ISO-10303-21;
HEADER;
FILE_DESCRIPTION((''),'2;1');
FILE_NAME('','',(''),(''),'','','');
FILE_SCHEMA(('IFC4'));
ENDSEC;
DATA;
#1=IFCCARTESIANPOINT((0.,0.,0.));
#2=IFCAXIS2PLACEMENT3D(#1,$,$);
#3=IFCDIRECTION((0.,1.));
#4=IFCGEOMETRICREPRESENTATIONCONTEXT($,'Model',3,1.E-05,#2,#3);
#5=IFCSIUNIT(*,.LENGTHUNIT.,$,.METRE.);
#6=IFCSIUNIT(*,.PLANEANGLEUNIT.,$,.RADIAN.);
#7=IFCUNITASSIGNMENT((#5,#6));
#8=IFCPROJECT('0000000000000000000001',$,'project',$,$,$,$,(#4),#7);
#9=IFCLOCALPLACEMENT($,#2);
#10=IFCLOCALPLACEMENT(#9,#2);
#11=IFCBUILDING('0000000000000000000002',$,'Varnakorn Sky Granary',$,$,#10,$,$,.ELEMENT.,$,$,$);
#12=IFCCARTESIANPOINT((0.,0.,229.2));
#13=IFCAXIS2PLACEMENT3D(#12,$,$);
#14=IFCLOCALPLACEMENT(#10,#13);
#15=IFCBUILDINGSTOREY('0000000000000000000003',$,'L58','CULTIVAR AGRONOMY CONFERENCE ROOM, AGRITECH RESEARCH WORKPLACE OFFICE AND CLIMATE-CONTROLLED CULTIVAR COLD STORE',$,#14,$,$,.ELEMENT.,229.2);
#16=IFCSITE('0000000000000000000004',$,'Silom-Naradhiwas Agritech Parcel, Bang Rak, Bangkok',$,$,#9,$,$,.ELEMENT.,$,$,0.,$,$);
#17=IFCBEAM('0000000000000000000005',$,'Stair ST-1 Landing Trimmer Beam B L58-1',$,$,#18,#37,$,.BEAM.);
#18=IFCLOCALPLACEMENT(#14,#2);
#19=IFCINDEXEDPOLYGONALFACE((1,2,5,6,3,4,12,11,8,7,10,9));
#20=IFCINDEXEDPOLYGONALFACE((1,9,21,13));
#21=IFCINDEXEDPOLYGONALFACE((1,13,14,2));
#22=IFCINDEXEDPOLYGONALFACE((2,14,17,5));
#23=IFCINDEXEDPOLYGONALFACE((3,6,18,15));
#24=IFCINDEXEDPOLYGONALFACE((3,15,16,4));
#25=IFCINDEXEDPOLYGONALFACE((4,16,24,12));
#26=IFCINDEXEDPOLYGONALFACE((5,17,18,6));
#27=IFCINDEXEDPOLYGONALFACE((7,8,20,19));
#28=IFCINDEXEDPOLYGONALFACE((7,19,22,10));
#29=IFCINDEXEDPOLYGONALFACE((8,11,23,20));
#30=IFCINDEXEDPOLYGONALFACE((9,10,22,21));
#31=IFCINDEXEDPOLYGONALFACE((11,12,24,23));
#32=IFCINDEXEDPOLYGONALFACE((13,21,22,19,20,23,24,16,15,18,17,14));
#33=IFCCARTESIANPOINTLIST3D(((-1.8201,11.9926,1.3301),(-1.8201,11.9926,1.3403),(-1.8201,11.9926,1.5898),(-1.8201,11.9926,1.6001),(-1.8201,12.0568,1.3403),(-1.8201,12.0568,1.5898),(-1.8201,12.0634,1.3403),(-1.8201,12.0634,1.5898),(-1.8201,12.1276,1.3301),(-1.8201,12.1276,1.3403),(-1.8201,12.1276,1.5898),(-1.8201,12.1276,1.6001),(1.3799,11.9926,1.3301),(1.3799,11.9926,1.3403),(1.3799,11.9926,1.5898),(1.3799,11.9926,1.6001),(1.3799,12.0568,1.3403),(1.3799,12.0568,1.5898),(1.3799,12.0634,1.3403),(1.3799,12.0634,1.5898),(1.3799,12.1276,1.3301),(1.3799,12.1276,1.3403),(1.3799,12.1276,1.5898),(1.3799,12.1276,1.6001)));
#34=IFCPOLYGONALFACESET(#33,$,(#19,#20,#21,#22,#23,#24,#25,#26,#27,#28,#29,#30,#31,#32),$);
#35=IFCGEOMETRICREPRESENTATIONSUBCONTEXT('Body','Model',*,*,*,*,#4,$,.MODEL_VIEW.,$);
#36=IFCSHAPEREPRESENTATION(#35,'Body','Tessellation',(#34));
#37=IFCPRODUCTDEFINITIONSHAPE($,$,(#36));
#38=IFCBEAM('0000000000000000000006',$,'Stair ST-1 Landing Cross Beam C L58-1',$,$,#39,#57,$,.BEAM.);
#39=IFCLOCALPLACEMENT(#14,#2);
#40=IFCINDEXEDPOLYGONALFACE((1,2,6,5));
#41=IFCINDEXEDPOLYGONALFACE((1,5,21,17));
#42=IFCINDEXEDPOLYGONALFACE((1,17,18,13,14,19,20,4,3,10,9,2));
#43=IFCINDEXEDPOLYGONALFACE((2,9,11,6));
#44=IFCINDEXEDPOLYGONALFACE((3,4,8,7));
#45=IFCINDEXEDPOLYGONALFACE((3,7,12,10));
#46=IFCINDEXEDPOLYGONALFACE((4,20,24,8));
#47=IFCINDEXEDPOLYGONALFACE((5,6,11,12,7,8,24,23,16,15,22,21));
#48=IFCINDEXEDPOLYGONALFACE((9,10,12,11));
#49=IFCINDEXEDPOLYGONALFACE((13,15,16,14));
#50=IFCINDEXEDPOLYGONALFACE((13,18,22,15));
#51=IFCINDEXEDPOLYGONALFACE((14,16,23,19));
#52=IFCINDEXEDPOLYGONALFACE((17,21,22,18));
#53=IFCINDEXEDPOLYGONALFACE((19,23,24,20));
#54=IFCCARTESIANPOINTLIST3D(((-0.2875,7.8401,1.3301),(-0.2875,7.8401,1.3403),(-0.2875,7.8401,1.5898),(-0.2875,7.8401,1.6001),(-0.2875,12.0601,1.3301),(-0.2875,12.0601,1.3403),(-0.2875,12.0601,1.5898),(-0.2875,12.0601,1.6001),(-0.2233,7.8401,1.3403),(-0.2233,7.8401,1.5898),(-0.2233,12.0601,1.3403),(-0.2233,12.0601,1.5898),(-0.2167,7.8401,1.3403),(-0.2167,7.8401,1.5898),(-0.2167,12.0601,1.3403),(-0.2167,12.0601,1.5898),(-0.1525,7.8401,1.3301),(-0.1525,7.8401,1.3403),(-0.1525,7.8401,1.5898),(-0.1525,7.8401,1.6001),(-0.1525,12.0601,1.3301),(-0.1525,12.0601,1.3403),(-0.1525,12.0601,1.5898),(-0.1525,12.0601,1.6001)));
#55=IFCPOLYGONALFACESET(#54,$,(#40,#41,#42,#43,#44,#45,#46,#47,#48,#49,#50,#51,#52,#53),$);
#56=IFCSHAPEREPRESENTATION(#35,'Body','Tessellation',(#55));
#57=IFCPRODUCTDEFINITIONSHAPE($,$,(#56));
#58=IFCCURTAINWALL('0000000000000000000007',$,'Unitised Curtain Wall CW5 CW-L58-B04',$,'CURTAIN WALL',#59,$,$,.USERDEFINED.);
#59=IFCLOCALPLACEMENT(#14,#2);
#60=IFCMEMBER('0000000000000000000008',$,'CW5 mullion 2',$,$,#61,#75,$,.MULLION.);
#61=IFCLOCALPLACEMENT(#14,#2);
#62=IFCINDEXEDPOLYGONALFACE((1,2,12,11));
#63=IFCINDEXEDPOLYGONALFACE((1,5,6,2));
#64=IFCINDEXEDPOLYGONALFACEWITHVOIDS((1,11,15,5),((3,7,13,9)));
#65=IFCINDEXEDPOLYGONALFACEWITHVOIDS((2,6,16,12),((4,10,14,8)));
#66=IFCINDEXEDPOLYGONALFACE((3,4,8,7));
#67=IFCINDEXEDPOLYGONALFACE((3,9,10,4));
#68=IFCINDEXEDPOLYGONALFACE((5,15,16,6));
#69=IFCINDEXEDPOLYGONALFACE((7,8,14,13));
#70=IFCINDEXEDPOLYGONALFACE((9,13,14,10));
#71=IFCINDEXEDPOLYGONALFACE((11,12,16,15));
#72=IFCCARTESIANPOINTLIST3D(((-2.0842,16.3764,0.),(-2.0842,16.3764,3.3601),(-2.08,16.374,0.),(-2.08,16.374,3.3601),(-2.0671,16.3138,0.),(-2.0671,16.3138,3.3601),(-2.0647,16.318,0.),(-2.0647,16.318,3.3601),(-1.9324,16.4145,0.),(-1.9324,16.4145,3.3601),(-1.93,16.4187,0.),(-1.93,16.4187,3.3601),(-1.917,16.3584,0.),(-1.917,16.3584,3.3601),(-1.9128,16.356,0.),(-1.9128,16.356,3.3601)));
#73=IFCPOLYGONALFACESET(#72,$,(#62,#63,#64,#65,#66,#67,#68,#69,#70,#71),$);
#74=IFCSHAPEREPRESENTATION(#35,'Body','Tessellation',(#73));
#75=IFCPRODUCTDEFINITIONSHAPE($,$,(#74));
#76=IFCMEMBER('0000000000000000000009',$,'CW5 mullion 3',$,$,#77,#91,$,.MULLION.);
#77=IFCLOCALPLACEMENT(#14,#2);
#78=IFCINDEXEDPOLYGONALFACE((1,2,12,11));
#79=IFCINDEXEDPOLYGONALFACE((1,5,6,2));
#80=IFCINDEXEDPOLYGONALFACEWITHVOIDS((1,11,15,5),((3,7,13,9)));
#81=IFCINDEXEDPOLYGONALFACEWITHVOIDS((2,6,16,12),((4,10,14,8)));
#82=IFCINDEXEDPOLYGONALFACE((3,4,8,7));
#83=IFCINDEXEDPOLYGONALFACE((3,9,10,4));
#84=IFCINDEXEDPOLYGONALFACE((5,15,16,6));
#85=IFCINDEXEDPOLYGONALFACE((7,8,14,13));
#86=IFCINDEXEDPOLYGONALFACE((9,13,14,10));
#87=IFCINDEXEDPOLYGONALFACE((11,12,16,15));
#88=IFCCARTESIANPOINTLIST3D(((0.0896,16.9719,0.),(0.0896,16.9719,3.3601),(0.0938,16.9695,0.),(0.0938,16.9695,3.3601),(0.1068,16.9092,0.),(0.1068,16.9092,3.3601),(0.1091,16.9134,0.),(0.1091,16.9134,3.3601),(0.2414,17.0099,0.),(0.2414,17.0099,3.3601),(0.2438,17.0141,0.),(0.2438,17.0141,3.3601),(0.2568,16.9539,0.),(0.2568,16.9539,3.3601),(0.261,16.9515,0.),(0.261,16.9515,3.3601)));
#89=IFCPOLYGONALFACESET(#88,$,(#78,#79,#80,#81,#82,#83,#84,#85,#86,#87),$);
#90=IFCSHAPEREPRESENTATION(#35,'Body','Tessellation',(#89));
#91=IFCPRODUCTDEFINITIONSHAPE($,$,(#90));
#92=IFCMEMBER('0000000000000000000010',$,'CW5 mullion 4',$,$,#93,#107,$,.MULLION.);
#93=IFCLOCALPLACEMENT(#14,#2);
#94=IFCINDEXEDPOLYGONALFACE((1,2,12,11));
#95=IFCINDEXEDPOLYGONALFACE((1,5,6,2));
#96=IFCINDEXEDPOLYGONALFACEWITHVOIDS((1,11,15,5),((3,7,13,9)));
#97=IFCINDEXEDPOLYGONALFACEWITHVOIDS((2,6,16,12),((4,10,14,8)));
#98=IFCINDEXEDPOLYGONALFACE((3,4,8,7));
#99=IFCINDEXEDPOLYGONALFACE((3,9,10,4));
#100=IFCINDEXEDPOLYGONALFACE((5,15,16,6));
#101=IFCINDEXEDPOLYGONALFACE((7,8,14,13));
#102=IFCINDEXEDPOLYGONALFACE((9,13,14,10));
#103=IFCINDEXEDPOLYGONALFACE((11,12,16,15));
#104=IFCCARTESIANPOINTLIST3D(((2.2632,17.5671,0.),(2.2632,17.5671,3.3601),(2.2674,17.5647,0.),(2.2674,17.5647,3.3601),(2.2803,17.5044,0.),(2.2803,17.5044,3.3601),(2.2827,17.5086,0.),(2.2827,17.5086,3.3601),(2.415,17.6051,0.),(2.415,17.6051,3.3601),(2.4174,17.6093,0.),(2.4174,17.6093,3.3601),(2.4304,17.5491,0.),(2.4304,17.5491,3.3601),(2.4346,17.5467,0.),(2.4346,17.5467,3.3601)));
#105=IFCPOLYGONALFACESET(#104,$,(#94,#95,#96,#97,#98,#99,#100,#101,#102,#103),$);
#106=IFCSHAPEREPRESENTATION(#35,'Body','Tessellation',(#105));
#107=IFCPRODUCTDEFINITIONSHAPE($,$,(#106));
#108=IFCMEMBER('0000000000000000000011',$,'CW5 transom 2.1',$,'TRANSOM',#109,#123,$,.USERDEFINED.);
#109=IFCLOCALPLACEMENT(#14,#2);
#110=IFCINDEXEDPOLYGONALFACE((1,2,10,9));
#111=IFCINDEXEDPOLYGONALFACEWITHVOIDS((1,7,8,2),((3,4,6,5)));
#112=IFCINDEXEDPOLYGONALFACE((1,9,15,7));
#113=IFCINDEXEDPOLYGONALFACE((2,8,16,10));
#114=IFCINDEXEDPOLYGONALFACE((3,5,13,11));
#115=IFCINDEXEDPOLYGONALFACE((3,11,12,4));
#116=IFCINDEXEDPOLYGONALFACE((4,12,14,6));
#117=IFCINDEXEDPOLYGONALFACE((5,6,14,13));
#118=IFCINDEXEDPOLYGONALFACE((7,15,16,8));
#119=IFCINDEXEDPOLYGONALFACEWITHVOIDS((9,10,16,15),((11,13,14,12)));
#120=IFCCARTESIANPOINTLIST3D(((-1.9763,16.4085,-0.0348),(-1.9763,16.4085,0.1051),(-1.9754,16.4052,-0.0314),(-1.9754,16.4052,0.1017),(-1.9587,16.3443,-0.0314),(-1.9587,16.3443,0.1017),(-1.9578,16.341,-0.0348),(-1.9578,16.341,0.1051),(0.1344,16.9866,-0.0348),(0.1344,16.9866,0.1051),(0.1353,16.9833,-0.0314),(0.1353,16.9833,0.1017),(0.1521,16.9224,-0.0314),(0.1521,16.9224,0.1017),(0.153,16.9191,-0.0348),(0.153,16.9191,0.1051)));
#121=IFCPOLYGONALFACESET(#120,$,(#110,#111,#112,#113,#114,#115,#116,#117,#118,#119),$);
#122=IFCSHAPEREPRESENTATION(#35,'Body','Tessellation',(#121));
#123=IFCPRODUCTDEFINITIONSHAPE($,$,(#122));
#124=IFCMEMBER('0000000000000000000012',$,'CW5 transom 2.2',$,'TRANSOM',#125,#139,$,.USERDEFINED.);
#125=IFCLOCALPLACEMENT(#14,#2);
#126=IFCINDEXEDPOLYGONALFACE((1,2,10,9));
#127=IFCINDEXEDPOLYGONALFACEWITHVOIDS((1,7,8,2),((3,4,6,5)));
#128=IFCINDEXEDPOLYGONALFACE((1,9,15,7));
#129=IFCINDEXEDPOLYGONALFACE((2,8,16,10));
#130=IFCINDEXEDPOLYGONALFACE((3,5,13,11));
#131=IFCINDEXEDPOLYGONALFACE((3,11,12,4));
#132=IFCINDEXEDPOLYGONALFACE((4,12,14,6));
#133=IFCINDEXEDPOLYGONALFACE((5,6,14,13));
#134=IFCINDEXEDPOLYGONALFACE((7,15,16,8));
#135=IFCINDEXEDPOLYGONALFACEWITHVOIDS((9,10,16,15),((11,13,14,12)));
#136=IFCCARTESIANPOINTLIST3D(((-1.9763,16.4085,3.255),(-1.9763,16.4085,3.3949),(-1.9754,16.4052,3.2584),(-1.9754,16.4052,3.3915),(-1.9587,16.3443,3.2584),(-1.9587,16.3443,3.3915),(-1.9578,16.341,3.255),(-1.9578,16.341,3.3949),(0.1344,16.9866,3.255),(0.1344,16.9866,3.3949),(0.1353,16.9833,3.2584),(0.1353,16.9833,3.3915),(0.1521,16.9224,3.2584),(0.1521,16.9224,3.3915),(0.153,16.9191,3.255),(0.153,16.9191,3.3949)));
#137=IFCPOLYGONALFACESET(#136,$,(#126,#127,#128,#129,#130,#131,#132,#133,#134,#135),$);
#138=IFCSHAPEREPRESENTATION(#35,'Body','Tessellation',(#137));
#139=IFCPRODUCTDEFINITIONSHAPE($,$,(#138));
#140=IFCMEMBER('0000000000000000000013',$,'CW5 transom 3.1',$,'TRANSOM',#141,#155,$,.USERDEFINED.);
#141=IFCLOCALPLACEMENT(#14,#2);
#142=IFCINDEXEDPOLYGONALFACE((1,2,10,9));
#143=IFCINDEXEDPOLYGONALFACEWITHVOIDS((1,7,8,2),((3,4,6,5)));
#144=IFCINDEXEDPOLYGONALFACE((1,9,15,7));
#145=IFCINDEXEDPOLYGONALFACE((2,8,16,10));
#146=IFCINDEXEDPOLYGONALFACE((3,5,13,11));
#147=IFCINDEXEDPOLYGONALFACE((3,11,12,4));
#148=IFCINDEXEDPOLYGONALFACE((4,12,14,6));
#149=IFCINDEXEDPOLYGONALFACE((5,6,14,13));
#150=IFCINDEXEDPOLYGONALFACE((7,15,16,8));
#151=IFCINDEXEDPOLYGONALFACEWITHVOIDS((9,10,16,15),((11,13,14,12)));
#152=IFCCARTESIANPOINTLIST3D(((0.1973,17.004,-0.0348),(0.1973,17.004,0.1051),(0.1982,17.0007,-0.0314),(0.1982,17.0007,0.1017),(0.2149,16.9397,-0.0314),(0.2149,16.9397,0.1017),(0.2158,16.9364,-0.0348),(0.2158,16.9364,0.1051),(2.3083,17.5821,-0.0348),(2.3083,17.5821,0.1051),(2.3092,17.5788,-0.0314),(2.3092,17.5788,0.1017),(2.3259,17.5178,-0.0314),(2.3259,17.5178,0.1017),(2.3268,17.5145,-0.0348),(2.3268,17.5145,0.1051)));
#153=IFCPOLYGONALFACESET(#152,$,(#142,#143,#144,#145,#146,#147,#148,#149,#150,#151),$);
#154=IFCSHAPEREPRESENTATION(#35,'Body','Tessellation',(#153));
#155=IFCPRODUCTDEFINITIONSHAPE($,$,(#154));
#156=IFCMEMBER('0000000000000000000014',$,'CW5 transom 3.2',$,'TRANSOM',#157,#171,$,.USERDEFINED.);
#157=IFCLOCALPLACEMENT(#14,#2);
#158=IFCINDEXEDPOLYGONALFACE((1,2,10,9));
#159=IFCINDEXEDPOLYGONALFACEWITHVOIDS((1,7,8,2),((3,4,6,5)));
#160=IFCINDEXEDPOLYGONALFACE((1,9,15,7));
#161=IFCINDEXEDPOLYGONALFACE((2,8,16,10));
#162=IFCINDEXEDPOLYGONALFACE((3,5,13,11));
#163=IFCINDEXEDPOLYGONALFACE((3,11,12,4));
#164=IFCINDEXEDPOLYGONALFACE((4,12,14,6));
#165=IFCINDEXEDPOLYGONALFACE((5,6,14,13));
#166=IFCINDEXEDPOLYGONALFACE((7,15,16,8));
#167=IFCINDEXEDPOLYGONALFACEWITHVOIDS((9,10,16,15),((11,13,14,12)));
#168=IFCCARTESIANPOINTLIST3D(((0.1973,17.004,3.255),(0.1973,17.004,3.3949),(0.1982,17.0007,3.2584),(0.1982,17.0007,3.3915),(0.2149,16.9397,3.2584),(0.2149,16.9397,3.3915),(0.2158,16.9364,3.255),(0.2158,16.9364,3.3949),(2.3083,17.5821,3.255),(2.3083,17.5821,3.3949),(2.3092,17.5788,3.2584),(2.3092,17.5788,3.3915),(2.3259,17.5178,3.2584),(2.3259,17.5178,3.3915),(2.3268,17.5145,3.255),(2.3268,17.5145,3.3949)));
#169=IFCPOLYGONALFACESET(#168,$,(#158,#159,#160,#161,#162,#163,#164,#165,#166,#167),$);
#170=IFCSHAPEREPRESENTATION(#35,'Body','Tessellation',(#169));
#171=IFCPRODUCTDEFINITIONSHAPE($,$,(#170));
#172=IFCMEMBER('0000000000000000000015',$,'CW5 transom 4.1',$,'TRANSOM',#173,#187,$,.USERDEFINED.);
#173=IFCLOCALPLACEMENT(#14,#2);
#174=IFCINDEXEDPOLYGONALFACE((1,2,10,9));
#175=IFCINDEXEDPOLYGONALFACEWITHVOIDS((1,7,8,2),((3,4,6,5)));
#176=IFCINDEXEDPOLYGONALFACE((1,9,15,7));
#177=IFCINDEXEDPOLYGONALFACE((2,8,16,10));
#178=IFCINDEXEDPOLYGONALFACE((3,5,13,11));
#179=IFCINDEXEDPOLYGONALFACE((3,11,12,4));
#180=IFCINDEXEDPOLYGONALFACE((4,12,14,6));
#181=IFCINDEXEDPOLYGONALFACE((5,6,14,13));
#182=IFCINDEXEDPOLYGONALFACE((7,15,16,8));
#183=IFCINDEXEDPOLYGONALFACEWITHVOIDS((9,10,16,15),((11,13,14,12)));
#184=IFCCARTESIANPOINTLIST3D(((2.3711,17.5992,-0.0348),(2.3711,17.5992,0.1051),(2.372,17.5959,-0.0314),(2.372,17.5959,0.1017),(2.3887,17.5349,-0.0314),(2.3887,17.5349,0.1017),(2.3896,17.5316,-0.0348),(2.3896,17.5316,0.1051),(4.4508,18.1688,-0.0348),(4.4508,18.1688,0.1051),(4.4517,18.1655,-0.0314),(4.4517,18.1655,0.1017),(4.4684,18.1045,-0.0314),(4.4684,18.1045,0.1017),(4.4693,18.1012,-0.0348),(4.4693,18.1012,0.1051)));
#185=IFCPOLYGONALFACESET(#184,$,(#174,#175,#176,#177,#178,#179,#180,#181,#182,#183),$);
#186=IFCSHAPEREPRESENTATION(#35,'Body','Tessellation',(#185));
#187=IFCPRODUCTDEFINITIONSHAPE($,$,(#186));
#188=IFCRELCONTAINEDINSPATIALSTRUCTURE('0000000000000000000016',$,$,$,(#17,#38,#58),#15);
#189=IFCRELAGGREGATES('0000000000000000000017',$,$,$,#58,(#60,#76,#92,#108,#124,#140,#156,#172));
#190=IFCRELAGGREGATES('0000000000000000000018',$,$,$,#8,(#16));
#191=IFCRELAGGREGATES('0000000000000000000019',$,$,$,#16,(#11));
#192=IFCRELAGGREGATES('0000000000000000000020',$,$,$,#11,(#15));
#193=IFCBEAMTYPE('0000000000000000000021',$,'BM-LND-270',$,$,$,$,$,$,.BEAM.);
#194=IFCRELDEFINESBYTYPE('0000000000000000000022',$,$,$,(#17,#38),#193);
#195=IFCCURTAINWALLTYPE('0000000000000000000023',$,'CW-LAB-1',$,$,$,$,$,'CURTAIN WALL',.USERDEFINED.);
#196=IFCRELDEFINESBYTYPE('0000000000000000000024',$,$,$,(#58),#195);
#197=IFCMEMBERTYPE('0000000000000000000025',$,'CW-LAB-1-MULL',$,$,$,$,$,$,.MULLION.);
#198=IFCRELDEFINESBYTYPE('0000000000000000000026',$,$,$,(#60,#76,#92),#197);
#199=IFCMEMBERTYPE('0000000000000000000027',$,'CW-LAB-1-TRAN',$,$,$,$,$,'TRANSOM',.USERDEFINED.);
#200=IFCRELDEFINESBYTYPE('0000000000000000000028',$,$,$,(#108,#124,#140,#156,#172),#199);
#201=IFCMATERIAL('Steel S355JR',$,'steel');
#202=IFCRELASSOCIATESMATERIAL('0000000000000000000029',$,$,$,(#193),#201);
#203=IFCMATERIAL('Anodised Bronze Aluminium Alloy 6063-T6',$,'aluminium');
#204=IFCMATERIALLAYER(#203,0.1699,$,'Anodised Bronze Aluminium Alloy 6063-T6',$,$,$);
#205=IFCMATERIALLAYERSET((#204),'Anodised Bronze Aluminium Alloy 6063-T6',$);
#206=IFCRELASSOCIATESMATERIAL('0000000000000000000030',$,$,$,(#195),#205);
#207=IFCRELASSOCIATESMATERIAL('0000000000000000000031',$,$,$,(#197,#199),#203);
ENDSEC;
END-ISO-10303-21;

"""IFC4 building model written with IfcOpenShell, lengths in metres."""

from ifc_helpers import new_model, si_unit, direction, frame, origin, origin_2d, place, context, subcontext, project, spatial, hollow_rectangle, i_section, extrude, material, layer, layer_set, material_profile, profile_set, type_object, element, aggregate, save


model = new_model("IFC4")

# Units and contexts
model_context = context("Model", 3, precision=1e-05, world=origin(), true_north=direction((0.0, 1.0)))
body_context = subcontext(model_context, "Body", "Model", "MODEL_VIEW")
ifc_project = project(units=[si_unit("LENGTHUNIT", "METRE"), si_unit("PLANEANGLEUNIT", "RADIAN")], contexts=[model_context])

# Site, building, storey
site_placement = place(None, origin())
site = spatial("IfcSite", under=ifc_project, at=site_placement, Name="Silom-Naradhiwas Agritech Parcel, Bang Rak, Bangkok", CompositionType="ELEMENT", RefElevation=0.0)
building_placement = place(site_placement, origin())
building = spatial("IfcBuilding", under=site, at=building_placement, Name="Varnakorn Sky Granary", CompositionType="ELEMENT")
storey_placement = place(building_placement, frame((0.0, 0.0, 229.2)))
storey = spatial("IfcBuildingStorey", under=building, at=storey_placement, Name="L58", Description="CULTIVAR AGRONOMY CONFERENCE ROOM, AGRITECH RESEARCH WORKPLACE OFFICE AND CLIMATE-CONTROLLED CULTIVAR COLD STORE", CompositionType="ELEMENT", Elevation=229.2)

# Beams
ifc_material_1 = material(Name="Steel S355JR", Category="steel")
ifc_material_profile_1 = material_profile(ifc_material_1, i_section(OverallWidth=0.135, OverallDepth=0.27, WebThickness=0.0066, FlangeThickness=0.0103, at=origin_2d()), Name="IPE 270")
ifc_profile_set_1 = profile_set([ifc_material_profile_1], Name="Steel S355JR")
beam_type = type_object("IfcBeamType", Name="BM-LND-270", PredefinedType="BEAM", material=ifc_profile_set_1)
beam_1_placement = place(storey_placement, frame((-1.8201, 12.0601, 1.4651), z_axis=(1.0, 0.0, 0.0), x_axis=(0.0, 1.0, 0.0)))
element("IfcBeam", 1, at=beam_1_placement, inside=storey, type_object=beam_type, Name="Stair ST-1 Landing Trimmer Beam B L58-1", PredefinedType="BEAM", context=body_context, shape_type="SweptSolid", body=[
    extrude(i_section(OverallWidth=0.135, OverallDepth=0.27, WebThickness=0.0066, FlangeThickness=0.0103, at=origin_2d()), origin(), (0.0, 0.0, 1.0), 3.2),
])
beam_2_placement = place(storey_placement, frame((-0.22, 7.8401, 1.4651), z_axis=(0.0, 1.0, 0.0), x_axis=(-1.0, 0.0, 0.0)))
element("IfcBeam", 2, at=beam_2_placement, inside=storey, type_object=beam_type, Name="Stair ST-1 Landing Cross Beam C L58-1", PredefinedType="BEAM", context=body_context, shape_type="SweptSolid", body=[
    extrude(i_section(OverallWidth=0.135, OverallDepth=0.27, WebThickness=0.0066, FlangeThickness=0.0103, at=origin_2d()), origin(), (0.0, 0.0, 1.0), 4.22),
])

# Curtain wall, members
ifc_material_2 = material(Name="Anodised Bronze Aluminium Alloy 6063-T6", Category="aluminium")
ifc_layer_1 = layer(ifc_material_2, 0.1699, Name="Anodised Bronze Aluminium Alloy 6063-T6")
ifc_layer_set_1 = layer_set([ifc_layer_1], Name="Anodised Bronze Aluminium Alloy 6063-T6")
curtain_wall_type = type_object("IfcCurtainWallType", Name="CW-LAB-1", ElementType="CURTAIN WALL", PredefinedType="USERDEFINED", material=ifc_layer_set_1)
curtain_wall_placement = place(storey_placement, origin())
curtain_wall = element("IfcCurtainWall", 3, at=curtain_wall_placement, inside=storey, type_object=curtain_wall_type, Name="Unitised Curtain Wall CW5 CW-L58-B04", ObjectType="CURTAIN WALL", PredefinedType="USERDEFINED")
ifc_material_profile_2 = material_profile(ifc_material_2, hollow_rectangle(XDim=0.0649, YDim=0.1599, WallThickness=0.0034, at=origin_2d()), Name="ALU MULL 65x160")
ifc_profile_set_2 = profile_set([ifc_material_profile_2], Name="Anodised Bronze Aluminium Alloy 6063-T6")
member_type_1 = type_object("IfcMemberType", Name="CW-LAB-1-MULL", PredefinedType="MULLION", material=ifc_profile_set_2)
member_1_placement = place(storey_placement, frame((-1.9985, 16.3662, 0.0), z_axis=(0.0, 0.0, 1.0), x_axis=(-0.264172, 0.964476, 0.0)))
member_1 = element("IfcMember", 4, at=member_1_placement, type_object=member_type_1, Name="CW5 mullion 2", PredefinedType="MULLION", context=body_context, shape_type="SweptSolid", body=[
    extrude(hollow_rectangle(XDim=0.0649, YDim=0.1599, WallThickness=0.0034, at=origin_2d()), origin(), (0.0, 0.0, 1.0), 3.3601),
])
member_2_placement = place(storey_placement, frame((0.1753, 16.9617, 0.0), z_axis=(0.0, 0.0, 1.0), x_axis=(-0.264172, 0.964476, 0.0)))
member_2 = element("IfcMember", 5, at=member_2_placement, type_object=member_type_1, Name="CW5 mullion 3", PredefinedType="MULLION", context=body_context, shape_type="SweptSolid", body=[
    extrude(hollow_rectangle(XDim=0.0649, YDim=0.1599, WallThickness=0.0034, at=origin_2d()), origin(), (0.0, 0.0, 1.0), 3.3601),
])
member_3_placement = place(storey_placement, frame((2.3489, 17.5569, 0.0), z_axis=(0.0, 0.0, 1.0), x_axis=(-0.264172, 0.964476, 0.0)))
member_3 = element("IfcMember", 6, at=member_3_placement, type_object=member_type_1, Name="CW5 mullion 4", PredefinedType="MULLION", context=body_context, shape_type="SweptSolid", body=[
    extrude(hollow_rectangle(XDim=0.0649, YDim=0.1599, WallThickness=0.0034, at=origin_2d()), origin(), (0.0, 0.0, 1.0), 3.3601),
])
ifc_material_profile_3 = material_profile(ifc_material_2, hollow_rectangle(XDim=0.0701, YDim=0.1399, WallThickness=0.0034, at=origin_2d()), Name="ALU TRAN 70x140")
ifc_profile_set_3 = profile_set([ifc_material_profile_3], Name="Anodised Bronze Aluminium Alloy 6063-T6")
member_type_2 = type_object("IfcMemberType", Name="CW-LAB-1-TRAN", ElementType="TRANSOM", PredefinedType="USERDEFINED", material=ifc_profile_set_3)
member_4_placement = place(storey_placement, frame((-1.967, 16.3748, 0.0352), z_axis=(0.96448, 0.264156, 0.0), x_axis=(-0.264156, 0.96448, 0.0)))
member_4 = element("IfcMember", 7, at=member_4_placement, type_object=member_type_2, Name="CW5 transom 2.1", ObjectType="TRANSOM", PredefinedType="USERDEFINED", context=body_context, shape_type="SweptSolid", body=[
    extrude(hollow_rectangle(XDim=0.0701, YDim=0.1399, WallThickness=0.0034, at=origin_2d()), origin(), (0.0, 0.0, 1.0), 2.1885),
])
member_5_placement = place(storey_placement, frame((-1.967, 16.3748, 3.325), z_axis=(0.96448, 0.264156, 0.0), x_axis=(-0.264156, 0.96448, 0.0)))
member_5 = element("IfcMember", 8, at=member_5_placement, type_object=member_type_2, Name="CW5 transom 2.2", ObjectType="TRANSOM", PredefinedType="USERDEFINED", context=body_context, shape_type="SweptSolid", body=[
    extrude(hollow_rectangle(XDim=0.0701, YDim=0.1399, WallThickness=0.0034, at=origin_2d()), origin(), (0.0, 0.0, 1.0), 2.1885),
])
member_6_placement = place(storey_placement, frame((0.2065, 16.9702, 0.0352), z_axis=(0.964488, 0.264127, 0.0), x_axis=(-0.264127, 0.964488, 0.0)))
member_6 = element("IfcMember", 9, at=member_6_placement, type_object=member_type_2, Name="CW5 transom 3.1", ObjectType="TRANSOM", PredefinedType="USERDEFINED", context=body_context, shape_type="SweptSolid", body=[
    extrude(hollow_rectangle(XDim=0.0701, YDim=0.1399, WallThickness=0.0034, at=origin_2d()), origin(), (0.0, 0.0, 1.0), 2.1887),
])
member_7_placement = place(storey_placement, frame((0.2065, 16.9702, 3.325), z_axis=(0.964488, 0.264127, 0.0), x_axis=(-0.264127, 0.964488, 0.0)))
member_7 = element("IfcMember", 10, at=member_7_placement, type_object=member_type_2, Name="CW5 transom 3.2", ObjectType="TRANSOM", PredefinedType="USERDEFINED", context=body_context, shape_type="SweptSolid", body=[
    extrude(hollow_rectangle(XDim=0.0701, YDim=0.1399, WallThickness=0.0034, at=origin_2d()), origin(), (0.0, 0.0, 1.0), 2.1887),
])
member_8_placement = place(storey_placement, frame((2.3804, 17.5654, 0.0352), z_axis=(0.964478, 0.264162, 0.0), x_axis=(-0.264162, 0.964478, 0.0)))
member_8 = element("IfcMember", 11, at=member_8_placement, type_object=member_type_2, Name="CW5 transom 4.1", ObjectType="TRANSOM", PredefinedType="USERDEFINED", context=body_context, shape_type="SweptSolid", body=[
    extrude(hollow_rectangle(XDim=0.0701, YDim=0.1399, WallThickness=0.0034, at=origin_2d()), origin(), (0.0, 0.0, 1.0), 2.1562),
])

aggregate(curtain_wall, [member_1, member_2, member_3, member_4, member_5, member_6, member_7, member_8])

save(model, "model.ifc")
